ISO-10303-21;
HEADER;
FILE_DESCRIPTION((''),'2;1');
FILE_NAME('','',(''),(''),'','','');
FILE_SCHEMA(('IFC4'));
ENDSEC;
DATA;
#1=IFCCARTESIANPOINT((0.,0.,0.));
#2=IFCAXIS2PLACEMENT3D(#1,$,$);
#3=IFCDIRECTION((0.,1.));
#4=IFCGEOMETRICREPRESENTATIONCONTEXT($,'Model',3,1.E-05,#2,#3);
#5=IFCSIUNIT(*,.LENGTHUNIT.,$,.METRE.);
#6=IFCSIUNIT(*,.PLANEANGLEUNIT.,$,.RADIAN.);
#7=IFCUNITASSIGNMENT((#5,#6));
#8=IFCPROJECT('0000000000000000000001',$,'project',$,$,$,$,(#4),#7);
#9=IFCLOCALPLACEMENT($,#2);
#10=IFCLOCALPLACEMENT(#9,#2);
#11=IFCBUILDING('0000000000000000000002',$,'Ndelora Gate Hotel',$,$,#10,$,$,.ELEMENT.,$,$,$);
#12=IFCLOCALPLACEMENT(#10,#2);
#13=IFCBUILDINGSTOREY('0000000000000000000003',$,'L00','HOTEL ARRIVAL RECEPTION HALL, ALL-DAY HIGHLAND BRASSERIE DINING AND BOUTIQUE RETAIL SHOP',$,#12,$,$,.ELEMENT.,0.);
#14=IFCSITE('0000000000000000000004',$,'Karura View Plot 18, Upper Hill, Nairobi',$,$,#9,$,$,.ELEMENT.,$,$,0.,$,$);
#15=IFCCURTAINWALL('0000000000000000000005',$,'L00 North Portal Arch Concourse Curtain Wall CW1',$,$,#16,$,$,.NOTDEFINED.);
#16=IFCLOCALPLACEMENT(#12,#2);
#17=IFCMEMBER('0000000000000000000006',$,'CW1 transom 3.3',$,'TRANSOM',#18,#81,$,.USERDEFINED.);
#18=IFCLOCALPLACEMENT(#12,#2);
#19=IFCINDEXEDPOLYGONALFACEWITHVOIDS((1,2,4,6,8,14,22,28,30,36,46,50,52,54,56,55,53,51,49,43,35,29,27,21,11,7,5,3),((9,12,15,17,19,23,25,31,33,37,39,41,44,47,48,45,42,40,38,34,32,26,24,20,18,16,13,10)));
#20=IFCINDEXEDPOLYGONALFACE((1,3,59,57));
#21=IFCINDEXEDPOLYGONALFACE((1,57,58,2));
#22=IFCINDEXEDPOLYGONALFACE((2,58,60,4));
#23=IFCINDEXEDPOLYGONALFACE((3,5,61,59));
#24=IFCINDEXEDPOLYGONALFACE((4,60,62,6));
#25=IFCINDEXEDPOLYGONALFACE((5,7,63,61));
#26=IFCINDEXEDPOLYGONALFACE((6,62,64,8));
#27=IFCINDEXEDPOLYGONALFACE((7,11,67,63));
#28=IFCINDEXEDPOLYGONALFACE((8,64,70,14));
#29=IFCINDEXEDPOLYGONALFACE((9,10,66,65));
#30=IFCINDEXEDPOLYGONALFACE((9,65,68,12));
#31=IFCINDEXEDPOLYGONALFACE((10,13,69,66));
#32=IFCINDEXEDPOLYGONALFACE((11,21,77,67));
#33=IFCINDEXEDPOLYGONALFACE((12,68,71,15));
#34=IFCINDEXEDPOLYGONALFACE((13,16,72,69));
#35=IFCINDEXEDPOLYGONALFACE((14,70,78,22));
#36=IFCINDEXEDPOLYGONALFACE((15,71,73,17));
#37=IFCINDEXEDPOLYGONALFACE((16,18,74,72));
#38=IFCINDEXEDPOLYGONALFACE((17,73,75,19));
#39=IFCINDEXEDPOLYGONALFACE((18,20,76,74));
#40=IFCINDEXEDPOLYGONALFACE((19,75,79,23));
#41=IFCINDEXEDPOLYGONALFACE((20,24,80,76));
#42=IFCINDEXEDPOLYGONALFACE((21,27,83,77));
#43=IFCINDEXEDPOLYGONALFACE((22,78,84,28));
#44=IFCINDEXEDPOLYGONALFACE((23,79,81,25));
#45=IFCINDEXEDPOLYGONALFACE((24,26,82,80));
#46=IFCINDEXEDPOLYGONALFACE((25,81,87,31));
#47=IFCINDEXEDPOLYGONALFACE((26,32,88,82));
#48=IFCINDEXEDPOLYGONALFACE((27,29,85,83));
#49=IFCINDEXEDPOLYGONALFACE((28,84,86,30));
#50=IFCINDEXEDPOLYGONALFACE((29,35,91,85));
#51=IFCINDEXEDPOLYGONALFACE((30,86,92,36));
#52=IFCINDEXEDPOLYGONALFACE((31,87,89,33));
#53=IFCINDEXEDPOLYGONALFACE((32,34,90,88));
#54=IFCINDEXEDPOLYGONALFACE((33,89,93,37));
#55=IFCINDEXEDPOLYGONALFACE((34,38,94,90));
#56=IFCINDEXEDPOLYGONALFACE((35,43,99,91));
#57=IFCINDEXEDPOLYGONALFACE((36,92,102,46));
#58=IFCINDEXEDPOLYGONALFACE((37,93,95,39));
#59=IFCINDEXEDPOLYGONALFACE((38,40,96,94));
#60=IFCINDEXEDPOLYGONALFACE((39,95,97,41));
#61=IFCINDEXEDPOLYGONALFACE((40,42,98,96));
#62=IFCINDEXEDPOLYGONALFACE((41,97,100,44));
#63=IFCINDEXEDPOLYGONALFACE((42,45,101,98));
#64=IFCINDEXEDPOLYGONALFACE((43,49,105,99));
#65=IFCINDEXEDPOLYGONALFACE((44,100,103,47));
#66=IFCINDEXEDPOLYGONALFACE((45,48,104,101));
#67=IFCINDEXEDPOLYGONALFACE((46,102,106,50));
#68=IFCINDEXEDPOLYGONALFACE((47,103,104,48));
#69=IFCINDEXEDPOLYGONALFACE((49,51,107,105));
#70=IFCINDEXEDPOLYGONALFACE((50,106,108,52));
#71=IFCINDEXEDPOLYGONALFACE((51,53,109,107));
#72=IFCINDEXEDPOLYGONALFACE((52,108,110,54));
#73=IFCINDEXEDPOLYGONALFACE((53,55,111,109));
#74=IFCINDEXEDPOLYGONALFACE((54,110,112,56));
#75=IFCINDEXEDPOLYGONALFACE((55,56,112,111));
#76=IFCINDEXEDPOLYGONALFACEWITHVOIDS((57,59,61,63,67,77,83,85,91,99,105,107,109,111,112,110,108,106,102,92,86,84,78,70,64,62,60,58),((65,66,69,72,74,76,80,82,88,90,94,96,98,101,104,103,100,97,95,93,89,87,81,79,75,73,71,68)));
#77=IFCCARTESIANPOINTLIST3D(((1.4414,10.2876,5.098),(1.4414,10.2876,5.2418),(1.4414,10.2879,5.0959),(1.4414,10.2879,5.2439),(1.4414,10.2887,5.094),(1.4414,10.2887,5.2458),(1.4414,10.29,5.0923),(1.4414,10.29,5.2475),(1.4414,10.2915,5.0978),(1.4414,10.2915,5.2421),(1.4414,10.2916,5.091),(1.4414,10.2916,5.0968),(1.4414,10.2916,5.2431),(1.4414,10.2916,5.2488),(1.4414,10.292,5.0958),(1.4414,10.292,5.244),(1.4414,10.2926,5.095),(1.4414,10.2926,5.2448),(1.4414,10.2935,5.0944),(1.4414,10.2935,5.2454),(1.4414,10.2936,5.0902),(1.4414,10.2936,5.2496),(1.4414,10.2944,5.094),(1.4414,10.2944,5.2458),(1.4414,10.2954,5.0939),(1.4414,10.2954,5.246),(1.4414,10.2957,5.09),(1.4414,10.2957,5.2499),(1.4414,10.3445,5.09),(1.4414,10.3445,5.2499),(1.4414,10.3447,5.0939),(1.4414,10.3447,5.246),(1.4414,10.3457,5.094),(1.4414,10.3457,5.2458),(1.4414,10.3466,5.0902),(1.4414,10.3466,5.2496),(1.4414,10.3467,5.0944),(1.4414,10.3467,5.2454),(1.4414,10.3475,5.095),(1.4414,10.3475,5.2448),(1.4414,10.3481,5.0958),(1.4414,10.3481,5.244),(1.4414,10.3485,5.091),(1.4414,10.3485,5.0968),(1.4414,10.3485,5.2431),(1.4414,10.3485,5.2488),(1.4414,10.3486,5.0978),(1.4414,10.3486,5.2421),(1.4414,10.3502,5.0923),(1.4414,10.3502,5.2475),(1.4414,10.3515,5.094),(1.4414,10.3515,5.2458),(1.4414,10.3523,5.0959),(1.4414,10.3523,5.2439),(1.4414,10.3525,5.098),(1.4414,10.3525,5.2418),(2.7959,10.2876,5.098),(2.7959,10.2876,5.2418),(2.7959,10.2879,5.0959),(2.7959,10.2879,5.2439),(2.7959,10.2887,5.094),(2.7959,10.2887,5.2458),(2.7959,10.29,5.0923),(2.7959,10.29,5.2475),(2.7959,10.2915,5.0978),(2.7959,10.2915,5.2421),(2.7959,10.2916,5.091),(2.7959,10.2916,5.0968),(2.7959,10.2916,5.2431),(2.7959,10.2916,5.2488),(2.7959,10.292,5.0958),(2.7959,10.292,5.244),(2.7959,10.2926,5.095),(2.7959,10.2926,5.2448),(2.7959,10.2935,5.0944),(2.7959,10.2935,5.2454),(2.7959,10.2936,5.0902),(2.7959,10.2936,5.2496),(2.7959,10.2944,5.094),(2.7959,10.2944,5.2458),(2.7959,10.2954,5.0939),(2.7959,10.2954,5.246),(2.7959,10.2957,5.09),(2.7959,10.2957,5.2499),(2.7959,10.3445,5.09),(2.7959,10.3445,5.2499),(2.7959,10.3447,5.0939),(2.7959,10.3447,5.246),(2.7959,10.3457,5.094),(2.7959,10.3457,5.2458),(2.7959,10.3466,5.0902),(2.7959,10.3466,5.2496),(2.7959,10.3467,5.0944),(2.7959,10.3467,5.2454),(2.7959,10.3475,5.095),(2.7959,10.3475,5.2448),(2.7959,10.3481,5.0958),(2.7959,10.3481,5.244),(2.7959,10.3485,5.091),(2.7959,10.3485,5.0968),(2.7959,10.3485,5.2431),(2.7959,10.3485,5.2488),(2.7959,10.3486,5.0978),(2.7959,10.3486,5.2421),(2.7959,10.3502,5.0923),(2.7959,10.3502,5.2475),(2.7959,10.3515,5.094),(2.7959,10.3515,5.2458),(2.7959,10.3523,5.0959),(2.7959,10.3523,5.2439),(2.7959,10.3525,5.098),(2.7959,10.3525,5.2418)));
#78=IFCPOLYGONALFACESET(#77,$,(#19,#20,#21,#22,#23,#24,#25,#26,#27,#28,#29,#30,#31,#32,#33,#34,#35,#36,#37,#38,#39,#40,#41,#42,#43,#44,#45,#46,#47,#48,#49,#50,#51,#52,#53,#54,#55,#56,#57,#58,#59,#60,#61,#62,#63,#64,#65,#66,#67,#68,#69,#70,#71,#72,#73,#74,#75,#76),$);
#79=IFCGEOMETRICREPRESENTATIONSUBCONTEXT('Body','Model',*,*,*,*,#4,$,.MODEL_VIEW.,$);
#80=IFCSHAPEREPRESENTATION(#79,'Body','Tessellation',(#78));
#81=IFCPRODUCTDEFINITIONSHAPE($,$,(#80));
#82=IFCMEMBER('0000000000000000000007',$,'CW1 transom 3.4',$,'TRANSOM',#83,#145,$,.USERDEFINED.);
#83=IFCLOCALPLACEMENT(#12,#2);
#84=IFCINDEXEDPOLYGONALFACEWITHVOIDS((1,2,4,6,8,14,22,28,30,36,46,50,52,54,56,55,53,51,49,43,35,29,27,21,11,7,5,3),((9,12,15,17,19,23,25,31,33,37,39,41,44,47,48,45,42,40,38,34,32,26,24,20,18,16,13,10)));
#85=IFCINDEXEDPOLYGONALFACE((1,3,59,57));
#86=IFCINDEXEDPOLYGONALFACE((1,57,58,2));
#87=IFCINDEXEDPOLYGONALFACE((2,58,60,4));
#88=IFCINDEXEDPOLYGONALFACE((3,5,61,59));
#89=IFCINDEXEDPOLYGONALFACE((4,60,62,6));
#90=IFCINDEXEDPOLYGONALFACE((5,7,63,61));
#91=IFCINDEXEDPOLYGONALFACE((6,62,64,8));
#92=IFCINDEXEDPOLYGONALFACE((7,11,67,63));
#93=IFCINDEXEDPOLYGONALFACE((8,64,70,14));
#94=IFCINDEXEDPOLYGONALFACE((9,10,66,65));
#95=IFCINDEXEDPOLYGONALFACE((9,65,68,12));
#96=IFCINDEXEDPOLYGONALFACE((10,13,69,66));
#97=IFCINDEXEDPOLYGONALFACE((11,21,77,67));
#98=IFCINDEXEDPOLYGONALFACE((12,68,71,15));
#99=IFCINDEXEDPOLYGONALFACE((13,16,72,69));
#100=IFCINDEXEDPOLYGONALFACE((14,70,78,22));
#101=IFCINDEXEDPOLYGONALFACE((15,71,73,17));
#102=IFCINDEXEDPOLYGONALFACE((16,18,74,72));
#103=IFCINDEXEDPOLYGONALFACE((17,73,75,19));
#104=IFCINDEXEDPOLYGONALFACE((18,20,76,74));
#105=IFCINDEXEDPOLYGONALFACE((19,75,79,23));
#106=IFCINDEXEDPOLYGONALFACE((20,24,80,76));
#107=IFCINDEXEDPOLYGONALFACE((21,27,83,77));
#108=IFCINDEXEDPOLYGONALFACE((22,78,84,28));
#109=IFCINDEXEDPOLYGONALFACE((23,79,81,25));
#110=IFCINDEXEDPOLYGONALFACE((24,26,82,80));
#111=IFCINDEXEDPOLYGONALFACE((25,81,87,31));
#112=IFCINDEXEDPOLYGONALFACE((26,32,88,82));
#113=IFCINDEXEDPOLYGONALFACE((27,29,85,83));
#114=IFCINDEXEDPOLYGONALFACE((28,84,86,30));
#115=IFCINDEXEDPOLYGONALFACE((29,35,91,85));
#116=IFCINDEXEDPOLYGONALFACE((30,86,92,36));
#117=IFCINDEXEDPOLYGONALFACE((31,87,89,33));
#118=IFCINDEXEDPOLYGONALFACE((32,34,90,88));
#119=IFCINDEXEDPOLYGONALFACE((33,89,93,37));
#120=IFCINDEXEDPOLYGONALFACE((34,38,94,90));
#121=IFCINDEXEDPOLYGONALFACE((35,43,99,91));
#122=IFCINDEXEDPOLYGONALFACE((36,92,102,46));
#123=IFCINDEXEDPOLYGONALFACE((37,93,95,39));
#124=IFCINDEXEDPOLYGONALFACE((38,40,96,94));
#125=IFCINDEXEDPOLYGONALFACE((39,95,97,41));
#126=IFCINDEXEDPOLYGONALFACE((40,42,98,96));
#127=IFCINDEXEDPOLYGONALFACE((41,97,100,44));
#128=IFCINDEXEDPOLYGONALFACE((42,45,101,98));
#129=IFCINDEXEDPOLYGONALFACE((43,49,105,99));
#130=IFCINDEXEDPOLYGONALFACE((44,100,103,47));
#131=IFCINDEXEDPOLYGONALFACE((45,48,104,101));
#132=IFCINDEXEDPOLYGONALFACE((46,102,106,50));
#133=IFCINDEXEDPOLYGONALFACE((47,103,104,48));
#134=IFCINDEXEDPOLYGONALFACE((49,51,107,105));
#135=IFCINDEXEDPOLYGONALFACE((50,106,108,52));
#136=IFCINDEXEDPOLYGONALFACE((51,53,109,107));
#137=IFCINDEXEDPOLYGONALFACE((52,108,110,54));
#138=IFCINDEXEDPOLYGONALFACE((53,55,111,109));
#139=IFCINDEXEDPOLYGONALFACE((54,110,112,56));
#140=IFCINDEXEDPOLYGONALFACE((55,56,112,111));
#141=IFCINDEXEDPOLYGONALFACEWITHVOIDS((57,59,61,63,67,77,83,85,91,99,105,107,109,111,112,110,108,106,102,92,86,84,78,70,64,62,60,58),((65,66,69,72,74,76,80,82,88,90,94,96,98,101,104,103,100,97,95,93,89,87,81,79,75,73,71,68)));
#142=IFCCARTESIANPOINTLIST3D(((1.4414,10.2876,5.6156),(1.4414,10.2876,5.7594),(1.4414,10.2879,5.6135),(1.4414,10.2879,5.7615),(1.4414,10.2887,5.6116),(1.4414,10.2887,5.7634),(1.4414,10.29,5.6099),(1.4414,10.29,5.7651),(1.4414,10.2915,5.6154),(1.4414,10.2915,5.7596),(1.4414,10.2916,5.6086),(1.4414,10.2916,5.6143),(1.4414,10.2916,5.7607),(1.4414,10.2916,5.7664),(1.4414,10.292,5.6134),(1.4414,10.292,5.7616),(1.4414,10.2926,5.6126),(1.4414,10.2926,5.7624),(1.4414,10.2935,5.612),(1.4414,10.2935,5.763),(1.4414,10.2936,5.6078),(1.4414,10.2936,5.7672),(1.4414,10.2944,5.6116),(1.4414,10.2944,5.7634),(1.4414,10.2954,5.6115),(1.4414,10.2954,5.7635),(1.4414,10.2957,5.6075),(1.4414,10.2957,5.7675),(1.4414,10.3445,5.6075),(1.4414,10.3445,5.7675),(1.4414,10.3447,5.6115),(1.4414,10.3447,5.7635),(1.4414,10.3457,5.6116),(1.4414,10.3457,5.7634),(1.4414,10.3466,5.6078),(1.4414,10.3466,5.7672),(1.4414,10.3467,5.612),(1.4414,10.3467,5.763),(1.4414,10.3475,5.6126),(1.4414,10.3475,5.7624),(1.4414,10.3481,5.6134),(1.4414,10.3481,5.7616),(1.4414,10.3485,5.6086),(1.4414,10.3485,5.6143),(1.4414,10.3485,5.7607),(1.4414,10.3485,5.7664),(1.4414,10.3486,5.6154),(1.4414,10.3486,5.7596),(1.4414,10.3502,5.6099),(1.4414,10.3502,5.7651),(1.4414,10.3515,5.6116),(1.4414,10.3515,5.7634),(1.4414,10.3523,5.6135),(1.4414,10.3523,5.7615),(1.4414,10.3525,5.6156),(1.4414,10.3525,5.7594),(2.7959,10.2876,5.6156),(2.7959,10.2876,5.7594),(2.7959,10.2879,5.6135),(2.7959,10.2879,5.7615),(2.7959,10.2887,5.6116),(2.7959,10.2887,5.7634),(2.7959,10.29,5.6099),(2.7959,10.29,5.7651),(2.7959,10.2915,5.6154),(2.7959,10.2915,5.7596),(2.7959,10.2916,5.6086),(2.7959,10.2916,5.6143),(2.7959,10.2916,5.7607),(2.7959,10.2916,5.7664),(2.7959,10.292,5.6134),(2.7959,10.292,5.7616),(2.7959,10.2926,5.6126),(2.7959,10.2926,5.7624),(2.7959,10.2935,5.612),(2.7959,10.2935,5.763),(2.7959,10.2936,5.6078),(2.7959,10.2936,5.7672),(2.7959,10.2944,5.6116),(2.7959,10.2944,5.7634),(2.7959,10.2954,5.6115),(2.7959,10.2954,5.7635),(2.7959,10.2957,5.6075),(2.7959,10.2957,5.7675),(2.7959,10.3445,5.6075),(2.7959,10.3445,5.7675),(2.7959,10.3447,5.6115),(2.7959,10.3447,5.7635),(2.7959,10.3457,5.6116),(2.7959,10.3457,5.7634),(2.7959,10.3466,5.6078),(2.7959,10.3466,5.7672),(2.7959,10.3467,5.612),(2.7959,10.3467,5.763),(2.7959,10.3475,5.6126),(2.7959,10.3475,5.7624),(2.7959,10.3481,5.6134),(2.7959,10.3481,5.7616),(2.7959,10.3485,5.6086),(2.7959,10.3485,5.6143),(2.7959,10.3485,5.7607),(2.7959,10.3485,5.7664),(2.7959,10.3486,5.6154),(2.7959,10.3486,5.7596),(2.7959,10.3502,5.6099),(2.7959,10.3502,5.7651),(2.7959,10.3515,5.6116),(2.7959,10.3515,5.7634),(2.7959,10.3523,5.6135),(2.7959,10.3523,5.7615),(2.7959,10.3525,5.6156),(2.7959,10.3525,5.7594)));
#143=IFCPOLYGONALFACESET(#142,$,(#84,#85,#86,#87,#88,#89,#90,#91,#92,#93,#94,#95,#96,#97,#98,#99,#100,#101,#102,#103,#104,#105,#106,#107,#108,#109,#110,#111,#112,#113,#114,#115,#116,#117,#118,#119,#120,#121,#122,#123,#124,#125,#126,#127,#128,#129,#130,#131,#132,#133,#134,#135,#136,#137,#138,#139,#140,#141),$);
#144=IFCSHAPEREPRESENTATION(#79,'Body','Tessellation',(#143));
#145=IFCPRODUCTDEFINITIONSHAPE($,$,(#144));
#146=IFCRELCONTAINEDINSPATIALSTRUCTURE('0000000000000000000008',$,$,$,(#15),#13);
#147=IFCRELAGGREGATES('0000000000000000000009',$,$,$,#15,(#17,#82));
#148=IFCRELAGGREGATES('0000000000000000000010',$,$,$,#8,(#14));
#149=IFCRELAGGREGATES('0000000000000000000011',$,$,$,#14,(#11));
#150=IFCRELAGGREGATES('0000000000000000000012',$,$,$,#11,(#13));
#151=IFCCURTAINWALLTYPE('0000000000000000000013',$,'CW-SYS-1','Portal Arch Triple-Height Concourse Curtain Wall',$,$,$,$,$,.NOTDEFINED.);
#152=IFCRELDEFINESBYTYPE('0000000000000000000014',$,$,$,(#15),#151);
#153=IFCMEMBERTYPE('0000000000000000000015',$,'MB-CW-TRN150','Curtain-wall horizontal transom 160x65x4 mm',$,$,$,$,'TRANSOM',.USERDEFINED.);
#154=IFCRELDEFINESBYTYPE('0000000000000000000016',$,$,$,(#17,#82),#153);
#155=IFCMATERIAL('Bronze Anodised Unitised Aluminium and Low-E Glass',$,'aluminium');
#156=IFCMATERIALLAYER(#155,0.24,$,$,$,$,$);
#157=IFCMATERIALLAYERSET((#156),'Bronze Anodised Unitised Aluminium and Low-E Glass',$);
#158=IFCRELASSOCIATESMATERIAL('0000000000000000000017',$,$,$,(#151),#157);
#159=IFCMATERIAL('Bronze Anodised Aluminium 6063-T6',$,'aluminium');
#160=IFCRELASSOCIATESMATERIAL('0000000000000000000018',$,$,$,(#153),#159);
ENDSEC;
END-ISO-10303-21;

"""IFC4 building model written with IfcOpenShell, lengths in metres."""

from ifc_helpers import new_model, si_unit, direction, frame, origin, origin_2d, place, context, subcontext, project, spatial, hollow_rectangle, extrude, material, layer, layer_set, material_profile, profile_set, type_object, element, aggregate, save


model = new_model("IFC4")

# Units and contexts
model_context = context("Model", 3, precision=1e-05, world=origin(), true_north=direction((0.0, 1.0)))
body_context = subcontext(model_context, "Body", "Model", "MODEL_VIEW")
ifc_project = project(units=[si_unit("LENGTHUNIT", "METRE"), si_unit("PLANEANGLEUNIT", "RADIAN")], contexts=[model_context])

# Site, building, storey
site_placement = place(None, origin())
site = spatial("IfcSite", under=ifc_project, at=site_placement, Name="Karura View Plot 18, Upper Hill, Nairobi", CompositionType="ELEMENT", RefElevation=0.0)
building_placement = place(site_placement, origin())
building = spatial("IfcBuilding", under=site, at=building_placement, Name="Ndelora Gate Hotel", CompositionType="ELEMENT")
storey_placement = place(building_placement, origin())
storey = spatial("IfcBuildingStorey", under=building, at=storey_placement, Name="L00", Description="HOTEL ARRIVAL RECEPTION HALL, ALL-DAY HIGHLAND BRASSERIE DINING AND BOUTIQUE RETAIL SHOP", CompositionType="ELEMENT", Elevation=0.0)

# Curtain wall, members
ifc_material_1 = material(Name="Bronze Anodised Unitised Aluminium and Low-E Glass", Category="aluminium")
ifc_layer_1 = layer(ifc_material_1, 0.24)
ifc_layer_set_1 = layer_set([ifc_layer_1], Name="Bronze Anodised Unitised Aluminium and Low-E Glass")
curtain_wall_type = type_object("IfcCurtainWallType", Name="CW-SYS-1", Description="Portal Arch Triple-Height Concourse Curtain Wall", PredefinedType="NOTDEFINED", material=ifc_layer_set_1)
curtain_wall_placement = place(storey_placement, origin())
curtain_wall = element("IfcCurtainWall", 1, at=curtain_wall_placement, inside=storey, type_object=curtain_wall_type, Name="L00 North Portal Arch Concourse Curtain Wall CW1", PredefinedType="NOTDEFINED")
ifc_material_2 = material(Name="Bronze Anodised Aluminium 6063-T6", Category="aluminium")
ifc_material_profile_1 = material_profile(ifc_material_2, hollow_rectangle(XDim=0.0649, YDim=0.1599, WallThickness=0.0039, InnerFilletRadius=0.0039, OuterFilletRadius=0.0081, at=origin_2d()), Name="ALU 160x65x4")
ifc_profile_set_1 = profile_set([ifc_material_profile_1], Name="Bronze Anodised Aluminium 6063-T6")
member_type_1 = type_object("IfcMemberType", Name="MB-CW-TRN150", Description="Curtain-wall horizontal transom 160x65x4 mm", ElementType="TRANSOM", PredefinedType="USERDEFINED", material=ifc_profile_set_1)
member_1_placement = place(storey_placement, frame((2.7959, 10.3201, 5.1699), z_axis=(-1.0, 0.0, 0.0), x_axis=(0.0, -1.0, 0.0)))
member_1 = element("IfcMember", 2, at=member_1_placement, type_object=member_type_1, Name="CW1 transom 3.3", ObjectType="TRANSOM", PredefinedType="USERDEFINED", context=body_context, shape_type="SweptSolid", body=[
    extrude(hollow_rectangle(XDim=0.0649, YDim=0.1599, WallThickness=0.0039, InnerFilletRadius=0.0039, OuterFilletRadius=0.0081, at=origin_2d()), origin(), (0.0, 0.0, 1.0), 1.3545),
])
member_2_placement = place(storey_placement, frame((2.7959, 10.3201, 5.6875), z_axis=(-1.0, 0.0, 0.0), x_axis=(0.0, -1.0, 0.0)))
member_2 = element("IfcMember", 3, at=member_2_placement, type_object=member_type_1, Name="CW1 transom 3.4", ObjectType="TRANSOM", PredefinedType="USERDEFINED", context=body_context, shape_type="SweptSolid", body=[
    extrude(hollow_rectangle(XDim=0.0649, YDim=0.1599, WallThickness=0.0039, InnerFilletRadius=0.0039, OuterFilletRadius=0.0081, at=origin_2d()), origin(), (0.0, 0.0, 1.0), 1.3545),
])
aggregate(curtain_wall, [member_1, member_2])

save(model, "model.ifc")
